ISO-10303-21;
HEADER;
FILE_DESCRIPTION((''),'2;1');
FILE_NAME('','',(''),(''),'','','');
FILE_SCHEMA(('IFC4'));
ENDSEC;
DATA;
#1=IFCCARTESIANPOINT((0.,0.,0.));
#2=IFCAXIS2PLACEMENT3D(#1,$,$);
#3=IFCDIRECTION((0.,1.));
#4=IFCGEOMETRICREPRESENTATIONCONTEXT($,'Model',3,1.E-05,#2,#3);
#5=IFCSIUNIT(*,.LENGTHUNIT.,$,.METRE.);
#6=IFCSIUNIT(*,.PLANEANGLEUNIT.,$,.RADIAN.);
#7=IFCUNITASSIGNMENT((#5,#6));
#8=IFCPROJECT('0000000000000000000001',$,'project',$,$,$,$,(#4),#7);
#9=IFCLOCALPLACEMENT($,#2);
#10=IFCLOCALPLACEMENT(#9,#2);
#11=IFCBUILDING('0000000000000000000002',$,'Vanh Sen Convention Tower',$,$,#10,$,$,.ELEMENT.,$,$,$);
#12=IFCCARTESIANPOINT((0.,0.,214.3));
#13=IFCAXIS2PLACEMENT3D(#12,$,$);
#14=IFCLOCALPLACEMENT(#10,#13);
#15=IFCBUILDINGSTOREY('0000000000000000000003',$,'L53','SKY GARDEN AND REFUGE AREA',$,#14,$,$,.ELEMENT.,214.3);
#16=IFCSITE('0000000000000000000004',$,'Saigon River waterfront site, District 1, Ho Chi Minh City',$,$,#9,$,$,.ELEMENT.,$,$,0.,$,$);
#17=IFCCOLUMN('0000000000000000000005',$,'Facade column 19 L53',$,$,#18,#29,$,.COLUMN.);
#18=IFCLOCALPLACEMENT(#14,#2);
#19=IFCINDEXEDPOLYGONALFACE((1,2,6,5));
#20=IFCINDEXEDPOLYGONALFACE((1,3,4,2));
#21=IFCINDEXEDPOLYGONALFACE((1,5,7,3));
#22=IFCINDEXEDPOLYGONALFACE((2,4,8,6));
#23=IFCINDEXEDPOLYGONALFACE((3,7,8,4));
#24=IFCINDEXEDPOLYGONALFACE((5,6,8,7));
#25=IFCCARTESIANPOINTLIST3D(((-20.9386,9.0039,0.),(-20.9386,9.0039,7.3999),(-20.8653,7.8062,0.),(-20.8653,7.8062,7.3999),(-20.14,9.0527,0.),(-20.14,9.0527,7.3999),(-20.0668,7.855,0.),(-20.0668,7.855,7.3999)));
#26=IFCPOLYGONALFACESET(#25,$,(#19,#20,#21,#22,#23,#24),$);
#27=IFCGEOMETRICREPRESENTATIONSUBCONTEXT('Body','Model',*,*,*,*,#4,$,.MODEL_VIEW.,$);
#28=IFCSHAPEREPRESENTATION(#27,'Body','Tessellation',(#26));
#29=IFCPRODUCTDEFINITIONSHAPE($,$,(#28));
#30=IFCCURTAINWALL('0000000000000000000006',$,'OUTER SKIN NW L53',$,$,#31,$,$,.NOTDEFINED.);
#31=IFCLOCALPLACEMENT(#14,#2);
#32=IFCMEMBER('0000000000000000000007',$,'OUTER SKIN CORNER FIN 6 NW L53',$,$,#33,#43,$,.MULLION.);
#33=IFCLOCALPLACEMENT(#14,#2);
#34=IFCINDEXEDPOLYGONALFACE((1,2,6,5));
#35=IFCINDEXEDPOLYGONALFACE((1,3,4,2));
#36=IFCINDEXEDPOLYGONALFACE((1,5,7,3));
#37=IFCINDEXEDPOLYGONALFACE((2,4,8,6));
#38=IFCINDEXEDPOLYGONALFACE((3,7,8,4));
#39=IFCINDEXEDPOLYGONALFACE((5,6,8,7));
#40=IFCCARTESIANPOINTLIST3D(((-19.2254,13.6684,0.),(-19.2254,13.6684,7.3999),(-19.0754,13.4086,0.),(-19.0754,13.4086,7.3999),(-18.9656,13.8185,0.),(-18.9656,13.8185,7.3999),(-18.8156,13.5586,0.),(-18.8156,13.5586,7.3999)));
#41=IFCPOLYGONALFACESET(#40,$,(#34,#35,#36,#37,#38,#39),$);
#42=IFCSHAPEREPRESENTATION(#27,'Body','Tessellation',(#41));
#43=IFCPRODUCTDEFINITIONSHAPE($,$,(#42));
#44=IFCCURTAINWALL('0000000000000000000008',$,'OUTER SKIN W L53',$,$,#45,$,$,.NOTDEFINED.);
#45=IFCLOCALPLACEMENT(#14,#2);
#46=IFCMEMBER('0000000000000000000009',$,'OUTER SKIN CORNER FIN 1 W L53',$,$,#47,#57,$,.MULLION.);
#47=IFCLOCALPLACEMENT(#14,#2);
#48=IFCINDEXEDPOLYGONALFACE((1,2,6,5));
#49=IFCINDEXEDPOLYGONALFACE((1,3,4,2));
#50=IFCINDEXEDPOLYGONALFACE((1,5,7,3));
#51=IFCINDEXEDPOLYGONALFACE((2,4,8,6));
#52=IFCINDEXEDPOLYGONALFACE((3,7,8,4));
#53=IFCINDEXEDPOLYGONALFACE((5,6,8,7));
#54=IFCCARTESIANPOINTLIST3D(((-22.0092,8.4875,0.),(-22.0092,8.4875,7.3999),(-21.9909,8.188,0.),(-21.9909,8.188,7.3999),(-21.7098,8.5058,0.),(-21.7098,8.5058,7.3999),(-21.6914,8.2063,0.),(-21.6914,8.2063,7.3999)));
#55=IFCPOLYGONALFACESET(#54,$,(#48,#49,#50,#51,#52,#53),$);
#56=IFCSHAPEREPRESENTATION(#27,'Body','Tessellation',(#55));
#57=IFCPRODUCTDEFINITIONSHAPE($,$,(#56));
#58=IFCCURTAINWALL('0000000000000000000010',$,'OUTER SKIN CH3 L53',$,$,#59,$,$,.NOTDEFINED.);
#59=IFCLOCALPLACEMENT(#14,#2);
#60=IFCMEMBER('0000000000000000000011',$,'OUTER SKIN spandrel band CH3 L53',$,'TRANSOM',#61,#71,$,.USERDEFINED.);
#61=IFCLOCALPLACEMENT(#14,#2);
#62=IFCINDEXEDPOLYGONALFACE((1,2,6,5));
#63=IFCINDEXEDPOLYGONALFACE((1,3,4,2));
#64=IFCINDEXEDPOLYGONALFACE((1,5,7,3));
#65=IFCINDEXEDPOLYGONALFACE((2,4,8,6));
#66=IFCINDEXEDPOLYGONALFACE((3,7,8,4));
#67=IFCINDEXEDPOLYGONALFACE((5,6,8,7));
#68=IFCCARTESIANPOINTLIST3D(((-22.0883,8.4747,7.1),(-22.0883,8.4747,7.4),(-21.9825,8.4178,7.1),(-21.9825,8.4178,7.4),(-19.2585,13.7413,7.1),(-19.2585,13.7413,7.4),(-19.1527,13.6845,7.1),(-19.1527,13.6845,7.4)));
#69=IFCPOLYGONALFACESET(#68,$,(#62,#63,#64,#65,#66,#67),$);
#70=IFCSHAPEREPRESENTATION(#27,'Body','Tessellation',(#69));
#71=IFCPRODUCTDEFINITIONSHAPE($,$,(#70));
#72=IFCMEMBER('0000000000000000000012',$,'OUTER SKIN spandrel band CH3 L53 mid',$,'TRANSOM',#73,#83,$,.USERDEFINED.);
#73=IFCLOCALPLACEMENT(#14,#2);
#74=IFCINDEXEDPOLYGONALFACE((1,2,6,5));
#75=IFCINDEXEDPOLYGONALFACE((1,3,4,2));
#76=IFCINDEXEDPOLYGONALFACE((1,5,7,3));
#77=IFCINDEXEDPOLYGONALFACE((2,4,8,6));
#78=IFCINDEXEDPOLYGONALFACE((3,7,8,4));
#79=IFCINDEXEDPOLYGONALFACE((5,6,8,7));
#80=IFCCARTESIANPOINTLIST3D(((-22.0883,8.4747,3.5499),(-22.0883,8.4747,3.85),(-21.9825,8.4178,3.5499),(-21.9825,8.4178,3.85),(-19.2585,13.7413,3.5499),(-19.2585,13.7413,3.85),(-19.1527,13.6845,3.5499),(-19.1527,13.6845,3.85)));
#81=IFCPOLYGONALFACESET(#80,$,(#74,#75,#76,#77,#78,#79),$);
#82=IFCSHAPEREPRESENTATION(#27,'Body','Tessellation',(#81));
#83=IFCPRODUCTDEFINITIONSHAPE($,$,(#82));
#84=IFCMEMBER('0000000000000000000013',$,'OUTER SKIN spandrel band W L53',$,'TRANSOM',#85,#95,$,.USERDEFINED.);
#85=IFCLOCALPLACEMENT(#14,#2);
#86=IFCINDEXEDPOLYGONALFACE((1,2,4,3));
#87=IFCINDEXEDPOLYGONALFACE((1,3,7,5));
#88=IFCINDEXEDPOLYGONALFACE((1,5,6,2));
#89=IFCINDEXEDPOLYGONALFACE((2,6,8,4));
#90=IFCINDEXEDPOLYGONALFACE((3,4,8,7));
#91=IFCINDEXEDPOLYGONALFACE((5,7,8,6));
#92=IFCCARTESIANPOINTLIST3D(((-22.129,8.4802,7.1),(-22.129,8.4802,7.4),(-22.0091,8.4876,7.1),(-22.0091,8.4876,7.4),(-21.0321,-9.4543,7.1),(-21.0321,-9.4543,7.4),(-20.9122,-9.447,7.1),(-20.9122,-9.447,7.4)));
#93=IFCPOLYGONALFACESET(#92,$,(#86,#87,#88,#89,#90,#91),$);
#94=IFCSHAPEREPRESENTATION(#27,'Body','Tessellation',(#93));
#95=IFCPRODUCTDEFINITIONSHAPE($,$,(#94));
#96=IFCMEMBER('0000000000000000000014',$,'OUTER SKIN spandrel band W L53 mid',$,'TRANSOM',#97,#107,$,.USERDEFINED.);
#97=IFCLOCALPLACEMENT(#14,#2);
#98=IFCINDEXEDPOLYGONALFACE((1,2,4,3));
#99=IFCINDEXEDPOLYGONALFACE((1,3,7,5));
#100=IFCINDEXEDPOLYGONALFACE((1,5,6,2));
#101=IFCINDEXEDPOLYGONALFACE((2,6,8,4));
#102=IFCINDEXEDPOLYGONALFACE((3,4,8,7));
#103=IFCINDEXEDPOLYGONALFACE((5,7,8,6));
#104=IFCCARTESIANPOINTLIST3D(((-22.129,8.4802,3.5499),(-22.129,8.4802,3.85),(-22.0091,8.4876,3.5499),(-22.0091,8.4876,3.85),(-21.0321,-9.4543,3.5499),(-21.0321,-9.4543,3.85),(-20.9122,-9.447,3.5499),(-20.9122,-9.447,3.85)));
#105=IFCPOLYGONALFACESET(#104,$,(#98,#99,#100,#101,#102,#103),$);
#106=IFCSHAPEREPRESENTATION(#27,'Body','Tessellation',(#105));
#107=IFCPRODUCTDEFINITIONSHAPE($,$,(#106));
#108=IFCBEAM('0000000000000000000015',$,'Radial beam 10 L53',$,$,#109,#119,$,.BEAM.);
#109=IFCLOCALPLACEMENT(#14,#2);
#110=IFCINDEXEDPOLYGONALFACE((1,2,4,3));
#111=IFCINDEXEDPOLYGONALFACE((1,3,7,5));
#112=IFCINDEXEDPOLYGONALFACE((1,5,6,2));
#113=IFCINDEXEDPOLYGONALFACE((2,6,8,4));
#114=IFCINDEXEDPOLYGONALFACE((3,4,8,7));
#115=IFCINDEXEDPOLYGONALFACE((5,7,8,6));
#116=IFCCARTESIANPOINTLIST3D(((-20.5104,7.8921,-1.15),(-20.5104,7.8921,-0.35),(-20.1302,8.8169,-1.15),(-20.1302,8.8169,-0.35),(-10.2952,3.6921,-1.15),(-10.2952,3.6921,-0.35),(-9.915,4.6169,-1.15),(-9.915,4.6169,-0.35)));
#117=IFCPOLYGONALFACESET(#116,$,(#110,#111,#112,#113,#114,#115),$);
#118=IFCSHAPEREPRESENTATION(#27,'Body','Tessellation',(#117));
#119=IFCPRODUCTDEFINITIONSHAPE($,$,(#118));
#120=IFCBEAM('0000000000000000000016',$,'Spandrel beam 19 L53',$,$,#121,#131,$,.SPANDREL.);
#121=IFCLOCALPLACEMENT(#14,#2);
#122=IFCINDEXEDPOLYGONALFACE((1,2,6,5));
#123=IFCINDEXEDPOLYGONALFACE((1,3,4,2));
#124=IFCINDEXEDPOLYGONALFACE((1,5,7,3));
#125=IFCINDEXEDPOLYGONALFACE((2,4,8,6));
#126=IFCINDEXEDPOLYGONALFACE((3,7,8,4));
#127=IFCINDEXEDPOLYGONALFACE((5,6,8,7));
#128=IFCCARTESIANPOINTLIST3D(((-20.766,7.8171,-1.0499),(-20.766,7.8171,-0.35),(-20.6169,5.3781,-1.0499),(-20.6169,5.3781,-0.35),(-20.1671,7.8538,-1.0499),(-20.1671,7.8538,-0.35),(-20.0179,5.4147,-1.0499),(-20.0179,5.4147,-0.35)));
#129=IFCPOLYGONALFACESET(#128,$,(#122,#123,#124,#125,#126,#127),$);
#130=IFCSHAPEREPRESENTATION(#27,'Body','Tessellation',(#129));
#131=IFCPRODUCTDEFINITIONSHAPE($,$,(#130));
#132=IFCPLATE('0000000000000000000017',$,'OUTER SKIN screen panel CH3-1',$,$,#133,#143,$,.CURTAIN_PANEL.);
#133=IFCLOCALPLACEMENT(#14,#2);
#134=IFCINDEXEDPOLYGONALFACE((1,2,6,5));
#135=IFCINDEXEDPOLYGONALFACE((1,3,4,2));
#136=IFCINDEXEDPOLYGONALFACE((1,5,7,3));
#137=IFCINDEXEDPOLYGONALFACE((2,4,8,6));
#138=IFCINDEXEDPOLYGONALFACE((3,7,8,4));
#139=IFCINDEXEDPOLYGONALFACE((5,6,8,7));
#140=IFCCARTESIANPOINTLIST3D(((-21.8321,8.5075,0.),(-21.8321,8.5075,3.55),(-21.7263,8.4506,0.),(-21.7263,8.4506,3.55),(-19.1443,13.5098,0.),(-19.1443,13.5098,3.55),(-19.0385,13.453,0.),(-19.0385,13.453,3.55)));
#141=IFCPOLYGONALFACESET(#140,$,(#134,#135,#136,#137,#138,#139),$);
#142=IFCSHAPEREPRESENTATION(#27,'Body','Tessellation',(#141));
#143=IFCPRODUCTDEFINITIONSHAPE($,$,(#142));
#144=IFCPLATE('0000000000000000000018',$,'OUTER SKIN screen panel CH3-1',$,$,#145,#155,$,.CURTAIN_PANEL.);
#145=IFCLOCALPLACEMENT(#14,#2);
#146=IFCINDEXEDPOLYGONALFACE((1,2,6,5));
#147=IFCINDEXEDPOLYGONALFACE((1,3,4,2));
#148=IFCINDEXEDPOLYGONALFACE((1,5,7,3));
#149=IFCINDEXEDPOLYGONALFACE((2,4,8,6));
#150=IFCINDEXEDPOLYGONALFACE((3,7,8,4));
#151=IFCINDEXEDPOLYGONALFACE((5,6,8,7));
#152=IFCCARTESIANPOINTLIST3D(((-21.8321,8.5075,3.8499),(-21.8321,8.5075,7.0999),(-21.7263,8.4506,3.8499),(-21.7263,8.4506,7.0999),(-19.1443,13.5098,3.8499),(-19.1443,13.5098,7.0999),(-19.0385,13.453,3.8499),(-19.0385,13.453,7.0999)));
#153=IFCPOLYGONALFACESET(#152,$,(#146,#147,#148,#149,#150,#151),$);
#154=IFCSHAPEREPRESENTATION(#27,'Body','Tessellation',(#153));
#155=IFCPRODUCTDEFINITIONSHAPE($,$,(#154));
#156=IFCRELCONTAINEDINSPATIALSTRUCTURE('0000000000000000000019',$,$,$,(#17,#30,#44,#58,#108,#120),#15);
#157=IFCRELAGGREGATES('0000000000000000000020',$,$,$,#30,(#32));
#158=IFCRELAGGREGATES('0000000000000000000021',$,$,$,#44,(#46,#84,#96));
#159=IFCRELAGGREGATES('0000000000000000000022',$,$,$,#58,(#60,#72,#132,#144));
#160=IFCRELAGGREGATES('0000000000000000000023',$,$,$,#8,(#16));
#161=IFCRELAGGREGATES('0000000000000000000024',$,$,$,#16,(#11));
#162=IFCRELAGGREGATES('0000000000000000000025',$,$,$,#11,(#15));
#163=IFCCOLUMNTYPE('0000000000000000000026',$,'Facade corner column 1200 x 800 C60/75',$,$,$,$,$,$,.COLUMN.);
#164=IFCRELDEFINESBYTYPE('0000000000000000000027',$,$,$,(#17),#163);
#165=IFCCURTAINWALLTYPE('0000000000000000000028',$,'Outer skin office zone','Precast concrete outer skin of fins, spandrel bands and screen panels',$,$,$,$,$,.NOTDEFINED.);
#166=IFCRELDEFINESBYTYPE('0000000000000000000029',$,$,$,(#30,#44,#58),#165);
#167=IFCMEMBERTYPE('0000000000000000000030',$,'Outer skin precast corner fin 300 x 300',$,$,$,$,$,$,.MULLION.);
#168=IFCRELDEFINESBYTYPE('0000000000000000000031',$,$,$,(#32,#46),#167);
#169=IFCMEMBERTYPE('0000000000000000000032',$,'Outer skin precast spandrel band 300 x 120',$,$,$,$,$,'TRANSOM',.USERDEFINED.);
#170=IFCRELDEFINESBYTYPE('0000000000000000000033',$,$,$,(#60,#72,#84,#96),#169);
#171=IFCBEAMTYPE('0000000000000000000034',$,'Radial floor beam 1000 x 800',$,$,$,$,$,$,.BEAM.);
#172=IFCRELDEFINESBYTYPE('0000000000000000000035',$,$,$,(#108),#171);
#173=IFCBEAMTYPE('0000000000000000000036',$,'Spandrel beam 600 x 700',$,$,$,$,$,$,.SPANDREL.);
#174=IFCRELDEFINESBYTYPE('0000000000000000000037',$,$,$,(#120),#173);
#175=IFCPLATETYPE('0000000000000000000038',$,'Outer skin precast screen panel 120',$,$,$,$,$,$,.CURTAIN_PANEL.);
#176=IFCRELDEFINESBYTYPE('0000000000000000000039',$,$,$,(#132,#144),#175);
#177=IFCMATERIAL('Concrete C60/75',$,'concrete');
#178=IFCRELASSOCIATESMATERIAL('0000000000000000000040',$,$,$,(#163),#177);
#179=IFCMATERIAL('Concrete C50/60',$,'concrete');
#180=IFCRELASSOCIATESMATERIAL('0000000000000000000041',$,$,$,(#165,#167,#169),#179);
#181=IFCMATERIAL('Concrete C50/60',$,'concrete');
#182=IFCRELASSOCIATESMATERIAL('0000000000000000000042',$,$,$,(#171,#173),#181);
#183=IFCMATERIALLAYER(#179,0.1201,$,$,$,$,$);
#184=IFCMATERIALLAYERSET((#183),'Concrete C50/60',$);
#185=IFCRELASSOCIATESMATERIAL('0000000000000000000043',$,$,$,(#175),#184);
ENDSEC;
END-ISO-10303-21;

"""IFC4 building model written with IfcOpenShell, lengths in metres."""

from ifc_helpers import new_model, si_unit, direction, frame, origin, origin_2d, place, context, subcontext, project, spatial, rectangle, extrude, material, layer, layer_set, material_profile, profile_set, type_object, element, aggregate, save


model = new_model("IFC4")

# Units and contexts
model_context = context("Model", 3, precision=1e-05, world=origin(), true_north=direction((0.0, 1.0)))
body_context = subcontext(model_context, "Body", "Model", "MODEL_VIEW")
ifc_project = project(units=[si_unit("LENGTHUNIT", "METRE"), si_unit("PLANEANGLEUNIT", "RADIAN")], contexts=[model_context])

# Site, building, storey
site_placement = place(None, origin())
site = spatial("IfcSite", under=ifc_project, at=site_placement, Name="Saigon River waterfront site, District 1, Ho Chi Minh City", CompositionType="ELEMENT", RefElevation=0.0)
building_placement = place(site_placement, origin())
building = spatial("IfcBuilding", under=site, at=building_placement, Name="Vanh Sen Convention Tower", CompositionType="ELEMENT")
storey_placement = place(building_placement, frame((0.0, 0.0, 214.3)))
storey = spatial("IfcBuildingStorey", under=building, at=storey_placement, Name="L53", Description="SKY GARDEN AND REFUGE AREA", CompositionType="ELEMENT", Elevation=214.3)

# Column
ifc_material_1 = material(Name="Concrete C60/75", Category="concrete")
ifc_material_profile_1 = material_profile(ifc_material_1, rectangle(XDim=1.2, YDim=0.8, at=origin_2d()), Name="RC 1200X800")
ifc_profile_set_1 = profile_set([ifc_material_profile_1], Name="Concrete C60/75")
column_type = type_object("IfcColumnType", Name="Facade corner column 1200 x 800 C60/75", PredefinedType="COLUMN", material=ifc_profile_set_1)
column_placement = place(storey_placement, frame((-20.5027, 8.4294, 0.0), z_axis=(0.0, 0.0, 1.0), x_axis=(0.061049, -0.998135, 0.0)))
element("IfcColumn", 1, at=column_placement, inside=storey, type_object=column_type, Name="Facade column 19 L53", PredefinedType="COLUMN", context=body_context, shape_type="SweptSolid", body=[
    extrude(rectangle(XDim=1.2, YDim=0.8, at=origin_2d()), origin(), (0.0, 0.0, 1.0), 7.3999),
])

# Curtain walls, members
ifc_material_2 = material(Name="Concrete C50/60", Category="concrete")
curtain_wall_type = type_object("IfcCurtainWallType", Name="Outer skin office zone", Description="Precast concrete outer skin of fins, spandrel bands and screen panels", PredefinedType="NOTDEFINED", material=ifc_material_2)
curtain_wall_1_placement = place(storey_placement, origin())
curtain_wall_1 = element("IfcCurtainWall", 2, at=curtain_wall_1_placement, inside=storey, type_object=curtain_wall_type, Name="OUTER SKIN NW L53", PredefinedType="NOTDEFINED")
ifc_material_profile_2 = material_profile(ifc_material_2, rectangle(XDim=0.3, YDim=0.3, at=origin_2d()), Name="Outer skin precast corner fin 300 x 300")
ifc_profile_set_2 = profile_set([ifc_material_profile_2], Name="Concrete C50/60")
member_type_1 = type_object("IfcMemberType", Name="Outer skin precast corner fin 300 x 300", PredefinedType="MULLION", material=ifc_profile_set_2)
member_1_placement = place(storey_placement, frame((-19.0205, 13.6135, 0.0), z_axis=(0.0, 0.0, 1.0), x_axis=(-0.866025, -0.5, 0.0)))
member_1 = element("IfcMember", 3, at=member_1_placement, type_object=member_type_1, Name="OUTER SKIN CORNER FIN 6 NW L53", PredefinedType="MULLION", context=body_context, shape_type="SweptSolid", body=[
    extrude(rectangle(XDim=0.3, YDim=0.3, at=origin_2d()), origin(), (0.0, 0.0, 1.0), 7.3999),
])
aggregate(curtain_wall_1, [member_1])
curtain_wall_2_placement = place(storey_placement, origin())
curtain_wall_2 = element("IfcCurtainWall", 4, at=curtain_wall_2_placement, inside=storey, type_object=curtain_wall_type, Name="OUTER SKIN W L53", PredefinedType="NOTDEFINED")
member_2_placement = place(storey_placement, frame((-21.8503, 8.3469, 0.0), z_axis=(0.0, 0.0, 1.0), x_axis=(0.061049, -0.998135, 0.0)))
member_2 = element("IfcMember", 5, at=member_2_placement, type_object=member_type_1, Name="OUTER SKIN CORNER FIN 1 W L53", PredefinedType="MULLION", context=body_context, shape_type="SweptSolid", body=[
    extrude(rectangle(XDim=0.3, YDim=0.3, at=origin_2d()), origin(), (0.0, 0.0, 1.0), 7.3999),
])

# Curtain wall, members
curtain_wall_3_placement = place(storey_placement, origin())
curtain_wall_3 = element("IfcCurtainWall", 6, at=curtain_wall_3_placement, inside=storey, type_object=curtain_wall_type, Name="OUTER SKIN CH3 L53", PredefinedType="NOTDEFINED")
ifc_material_profile_3 = material_profile(ifc_material_2, rectangle(XDim=0.1201, YDim=0.3, at=origin_2d()), Name="Outer skin precast spandrel band 300 x 120")
ifc_profile_set_3 = profile_set([ifc_material_profile_3], Name="Concrete C50/60")
member_type_2 = type_object("IfcMemberType", Name="Outer skin precast spandrel band 300 x 120", ElementType="TRANSOM", PredefinedType="USERDEFINED", material=ifc_profile_set_3)
member_3_placement = place(storey_placement, frame((-19.2056, 13.7129, 7.25), z_axis=(-0.473318, -0.880892, 0.0), x_axis=(0.880892, -0.473318, 0.0)))
member_3 = element("IfcMember", 7, at=member_3_placement, type_object=member_type_2, Name="OUTER SKIN spandrel band CH3 L53", ObjectType="TRANSOM", PredefinedType="USERDEFINED", context=body_context, shape_type="SweptSolid", body=[
    extrude(rectangle(XDim=0.1201, YDim=0.3, at=origin_2d()), origin(), (0.0, 0.0, 1.0), 5.9788),
])
member_4_placement = place(storey_placement, frame((-19.2056, 13.7129, 3.7), z_axis=(-0.473318, -0.880892, 0.0), x_axis=(0.880892, -0.473318, 0.0)))
member_4 = element("IfcMember", 8, at=member_4_placement, type_object=member_type_2, Name="OUTER SKIN spandrel band CH3 L53 mid", ObjectType="TRANSOM", PredefinedType="USERDEFINED", context=body_context, shape_type="SweptSolid", body=[
    extrude(rectangle(XDim=0.1201, YDim=0.3, at=origin_2d()), origin(), (0.0, 0.0, 1.0), 5.9788),
])

# Members
member_5_placement = place(storey_placement, frame((-22.0691, 8.4839, 7.25), z_axis=(0.061048, -0.998135, 0.0), x_axis=(0.998135, 0.061048, 0.0)))
member_5 = element("IfcMember", 9, at=member_5_placement, type_object=member_type_2, Name="OUTER SKIN spandrel band W L53", ObjectType="TRANSOM", PredefinedType="USERDEFINED", context=body_context, shape_type="SweptSolid", body=[
    extrude(rectangle(XDim=0.1201, YDim=0.3, at=origin_2d()), origin(), (0.0, 0.0, 1.0), 17.968),
])
member_6_placement = place(storey_placement, frame((-22.0691, 8.4839, 3.7), z_axis=(0.061048, -0.998135, 0.0), x_axis=(0.998135, 0.061048, 0.0)))
member_6 = element("IfcMember", 10, at=member_6_placement, type_object=member_type_2, Name="OUTER SKIN spandrel band W L53 mid", ObjectType="TRANSOM", PredefinedType="USERDEFINED", context=body_context, shape_type="SweptSolid", body=[
    extrude(rectangle(XDim=0.1201, YDim=0.3, at=origin_2d()), origin(), (0.0, 0.0, 1.0), 17.968),
])
aggregate(curtain_wall_2, [member_2, member_5, member_6])

# Beams
ifc_material_3 = material(Name="Concrete C50/60", Category="concrete")
ifc_material_profile_4 = material_profile(ifc_material_3, rectangle(XDim=1.0, YDim=0.8, at=origin_2d()), Name="RC 1000X800")
ifc_profile_set_4 = profile_set([ifc_material_profile_4], Name="Concrete C50/60")
beam_type_1 = type_object("IfcBeamType", Name="Radial floor beam 1000 x 800", PredefinedType="BEAM", material=ifc_profile_set_4)
beam_1_placement = place(storey_placement, frame((-20.3203, 8.3545, -0.75), z_axis=(0.924878, -0.380265, 0.0), x_axis=(0.380265, 0.924878, 0.0)))
element("IfcBeam", 11, at=beam_1_placement, inside=storey, type_object=beam_type_1, Name="Radial beam 10 L53", PredefinedType="BEAM", context=body_context, shape_type="SweptSolid", body=[
    extrude(rectangle(XDim=1.0, YDim=0.8, at=origin_2d()), origin(), (0.0, 0.0, 1.0), 11.0449),
])
ifc_material_profile_5 = material_profile(ifc_material_3, rectangle(XDim=0.6001, YDim=0.7, at=origin_2d()), Name="RC 600X700")
ifc_profile_set_5 = profile_set([ifc_material_profile_5], Name="Concrete C50/60")
beam_type_2 = type_object("IfcBeamType", Name="Spandrel beam 600 x 700", PredefinedType="SPANDREL", material=ifc_profile_set_5)
beam_2_placement = place(storey_placement, frame((-20.4666, 7.8354, -0.7), z_axis=(0.061047, -0.998135, 0.0), x_axis=(0.998135, 0.061047, 0.0)))
element("IfcBeam", 12, at=beam_2_placement, inside=storey, type_object=beam_type_2, Name="Spandrel beam 19 L53", PredefinedType="SPANDREL", context=body_context, shape_type="SweptSolid", body=[
    extrude(rectangle(XDim=0.6001, YDim=0.7, at=origin_2d()), origin(), (0.0, 0.0, 1.0), 2.4436),
])

# Plates
ifc_layer_1 = layer(ifc_material_2, 0.1201)
ifc_layer_set_1 = layer_set([ifc_layer_1], Name="Concrete C50/60")
plate_type = type_object("IfcPlateType", Name="Outer skin precast screen panel 120", PredefinedType="CURTAIN_PANEL", material=ifc_layer_set_1)
plate_1_placement = place(storey_placement, frame((-20.4353, 10.9802, 0.0), z_axis=(0.0, 0.0, 1.0), x_axis=(-0.473307, -0.880897, 0.0)))
plate_1 = element("IfcPlate", 13, at=plate_1_placement, type_object=plate_type, Name="OUTER SKIN screen panel CH3-1", PredefinedType="CURTAIN_PANEL", context=body_context, shape_type="SweptSolid", body=[
    extrude(rectangle(XDim=5.6787, YDim=0.1201, at=origin_2d()), origin(), (0.0, 0.0, 1.0), 3.55),
])
plate_2_placement = place(storey_placement, frame((-20.4353, 10.9802, 3.8499), z_axis=(0.0, 0.0, 1.0), x_axis=(-0.473307, -0.880897, 0.0)))
plate_2 = element("IfcPlate", 14, at=plate_2_placement, type_object=plate_type, Name="OUTER SKIN screen panel CH3-1", PredefinedType="CURTAIN_PANEL", context=body_context, shape_type="SweptSolid", body=[
    extrude(rectangle(XDim=5.6787, YDim=0.1201, at=origin_2d()), origin(), (0.0, 0.0, 1.0), 3.25),
])
aggregate(curtain_wall_3, [member_3, member_4, plate_1, plate_2])

save(model, "model.ifc")
